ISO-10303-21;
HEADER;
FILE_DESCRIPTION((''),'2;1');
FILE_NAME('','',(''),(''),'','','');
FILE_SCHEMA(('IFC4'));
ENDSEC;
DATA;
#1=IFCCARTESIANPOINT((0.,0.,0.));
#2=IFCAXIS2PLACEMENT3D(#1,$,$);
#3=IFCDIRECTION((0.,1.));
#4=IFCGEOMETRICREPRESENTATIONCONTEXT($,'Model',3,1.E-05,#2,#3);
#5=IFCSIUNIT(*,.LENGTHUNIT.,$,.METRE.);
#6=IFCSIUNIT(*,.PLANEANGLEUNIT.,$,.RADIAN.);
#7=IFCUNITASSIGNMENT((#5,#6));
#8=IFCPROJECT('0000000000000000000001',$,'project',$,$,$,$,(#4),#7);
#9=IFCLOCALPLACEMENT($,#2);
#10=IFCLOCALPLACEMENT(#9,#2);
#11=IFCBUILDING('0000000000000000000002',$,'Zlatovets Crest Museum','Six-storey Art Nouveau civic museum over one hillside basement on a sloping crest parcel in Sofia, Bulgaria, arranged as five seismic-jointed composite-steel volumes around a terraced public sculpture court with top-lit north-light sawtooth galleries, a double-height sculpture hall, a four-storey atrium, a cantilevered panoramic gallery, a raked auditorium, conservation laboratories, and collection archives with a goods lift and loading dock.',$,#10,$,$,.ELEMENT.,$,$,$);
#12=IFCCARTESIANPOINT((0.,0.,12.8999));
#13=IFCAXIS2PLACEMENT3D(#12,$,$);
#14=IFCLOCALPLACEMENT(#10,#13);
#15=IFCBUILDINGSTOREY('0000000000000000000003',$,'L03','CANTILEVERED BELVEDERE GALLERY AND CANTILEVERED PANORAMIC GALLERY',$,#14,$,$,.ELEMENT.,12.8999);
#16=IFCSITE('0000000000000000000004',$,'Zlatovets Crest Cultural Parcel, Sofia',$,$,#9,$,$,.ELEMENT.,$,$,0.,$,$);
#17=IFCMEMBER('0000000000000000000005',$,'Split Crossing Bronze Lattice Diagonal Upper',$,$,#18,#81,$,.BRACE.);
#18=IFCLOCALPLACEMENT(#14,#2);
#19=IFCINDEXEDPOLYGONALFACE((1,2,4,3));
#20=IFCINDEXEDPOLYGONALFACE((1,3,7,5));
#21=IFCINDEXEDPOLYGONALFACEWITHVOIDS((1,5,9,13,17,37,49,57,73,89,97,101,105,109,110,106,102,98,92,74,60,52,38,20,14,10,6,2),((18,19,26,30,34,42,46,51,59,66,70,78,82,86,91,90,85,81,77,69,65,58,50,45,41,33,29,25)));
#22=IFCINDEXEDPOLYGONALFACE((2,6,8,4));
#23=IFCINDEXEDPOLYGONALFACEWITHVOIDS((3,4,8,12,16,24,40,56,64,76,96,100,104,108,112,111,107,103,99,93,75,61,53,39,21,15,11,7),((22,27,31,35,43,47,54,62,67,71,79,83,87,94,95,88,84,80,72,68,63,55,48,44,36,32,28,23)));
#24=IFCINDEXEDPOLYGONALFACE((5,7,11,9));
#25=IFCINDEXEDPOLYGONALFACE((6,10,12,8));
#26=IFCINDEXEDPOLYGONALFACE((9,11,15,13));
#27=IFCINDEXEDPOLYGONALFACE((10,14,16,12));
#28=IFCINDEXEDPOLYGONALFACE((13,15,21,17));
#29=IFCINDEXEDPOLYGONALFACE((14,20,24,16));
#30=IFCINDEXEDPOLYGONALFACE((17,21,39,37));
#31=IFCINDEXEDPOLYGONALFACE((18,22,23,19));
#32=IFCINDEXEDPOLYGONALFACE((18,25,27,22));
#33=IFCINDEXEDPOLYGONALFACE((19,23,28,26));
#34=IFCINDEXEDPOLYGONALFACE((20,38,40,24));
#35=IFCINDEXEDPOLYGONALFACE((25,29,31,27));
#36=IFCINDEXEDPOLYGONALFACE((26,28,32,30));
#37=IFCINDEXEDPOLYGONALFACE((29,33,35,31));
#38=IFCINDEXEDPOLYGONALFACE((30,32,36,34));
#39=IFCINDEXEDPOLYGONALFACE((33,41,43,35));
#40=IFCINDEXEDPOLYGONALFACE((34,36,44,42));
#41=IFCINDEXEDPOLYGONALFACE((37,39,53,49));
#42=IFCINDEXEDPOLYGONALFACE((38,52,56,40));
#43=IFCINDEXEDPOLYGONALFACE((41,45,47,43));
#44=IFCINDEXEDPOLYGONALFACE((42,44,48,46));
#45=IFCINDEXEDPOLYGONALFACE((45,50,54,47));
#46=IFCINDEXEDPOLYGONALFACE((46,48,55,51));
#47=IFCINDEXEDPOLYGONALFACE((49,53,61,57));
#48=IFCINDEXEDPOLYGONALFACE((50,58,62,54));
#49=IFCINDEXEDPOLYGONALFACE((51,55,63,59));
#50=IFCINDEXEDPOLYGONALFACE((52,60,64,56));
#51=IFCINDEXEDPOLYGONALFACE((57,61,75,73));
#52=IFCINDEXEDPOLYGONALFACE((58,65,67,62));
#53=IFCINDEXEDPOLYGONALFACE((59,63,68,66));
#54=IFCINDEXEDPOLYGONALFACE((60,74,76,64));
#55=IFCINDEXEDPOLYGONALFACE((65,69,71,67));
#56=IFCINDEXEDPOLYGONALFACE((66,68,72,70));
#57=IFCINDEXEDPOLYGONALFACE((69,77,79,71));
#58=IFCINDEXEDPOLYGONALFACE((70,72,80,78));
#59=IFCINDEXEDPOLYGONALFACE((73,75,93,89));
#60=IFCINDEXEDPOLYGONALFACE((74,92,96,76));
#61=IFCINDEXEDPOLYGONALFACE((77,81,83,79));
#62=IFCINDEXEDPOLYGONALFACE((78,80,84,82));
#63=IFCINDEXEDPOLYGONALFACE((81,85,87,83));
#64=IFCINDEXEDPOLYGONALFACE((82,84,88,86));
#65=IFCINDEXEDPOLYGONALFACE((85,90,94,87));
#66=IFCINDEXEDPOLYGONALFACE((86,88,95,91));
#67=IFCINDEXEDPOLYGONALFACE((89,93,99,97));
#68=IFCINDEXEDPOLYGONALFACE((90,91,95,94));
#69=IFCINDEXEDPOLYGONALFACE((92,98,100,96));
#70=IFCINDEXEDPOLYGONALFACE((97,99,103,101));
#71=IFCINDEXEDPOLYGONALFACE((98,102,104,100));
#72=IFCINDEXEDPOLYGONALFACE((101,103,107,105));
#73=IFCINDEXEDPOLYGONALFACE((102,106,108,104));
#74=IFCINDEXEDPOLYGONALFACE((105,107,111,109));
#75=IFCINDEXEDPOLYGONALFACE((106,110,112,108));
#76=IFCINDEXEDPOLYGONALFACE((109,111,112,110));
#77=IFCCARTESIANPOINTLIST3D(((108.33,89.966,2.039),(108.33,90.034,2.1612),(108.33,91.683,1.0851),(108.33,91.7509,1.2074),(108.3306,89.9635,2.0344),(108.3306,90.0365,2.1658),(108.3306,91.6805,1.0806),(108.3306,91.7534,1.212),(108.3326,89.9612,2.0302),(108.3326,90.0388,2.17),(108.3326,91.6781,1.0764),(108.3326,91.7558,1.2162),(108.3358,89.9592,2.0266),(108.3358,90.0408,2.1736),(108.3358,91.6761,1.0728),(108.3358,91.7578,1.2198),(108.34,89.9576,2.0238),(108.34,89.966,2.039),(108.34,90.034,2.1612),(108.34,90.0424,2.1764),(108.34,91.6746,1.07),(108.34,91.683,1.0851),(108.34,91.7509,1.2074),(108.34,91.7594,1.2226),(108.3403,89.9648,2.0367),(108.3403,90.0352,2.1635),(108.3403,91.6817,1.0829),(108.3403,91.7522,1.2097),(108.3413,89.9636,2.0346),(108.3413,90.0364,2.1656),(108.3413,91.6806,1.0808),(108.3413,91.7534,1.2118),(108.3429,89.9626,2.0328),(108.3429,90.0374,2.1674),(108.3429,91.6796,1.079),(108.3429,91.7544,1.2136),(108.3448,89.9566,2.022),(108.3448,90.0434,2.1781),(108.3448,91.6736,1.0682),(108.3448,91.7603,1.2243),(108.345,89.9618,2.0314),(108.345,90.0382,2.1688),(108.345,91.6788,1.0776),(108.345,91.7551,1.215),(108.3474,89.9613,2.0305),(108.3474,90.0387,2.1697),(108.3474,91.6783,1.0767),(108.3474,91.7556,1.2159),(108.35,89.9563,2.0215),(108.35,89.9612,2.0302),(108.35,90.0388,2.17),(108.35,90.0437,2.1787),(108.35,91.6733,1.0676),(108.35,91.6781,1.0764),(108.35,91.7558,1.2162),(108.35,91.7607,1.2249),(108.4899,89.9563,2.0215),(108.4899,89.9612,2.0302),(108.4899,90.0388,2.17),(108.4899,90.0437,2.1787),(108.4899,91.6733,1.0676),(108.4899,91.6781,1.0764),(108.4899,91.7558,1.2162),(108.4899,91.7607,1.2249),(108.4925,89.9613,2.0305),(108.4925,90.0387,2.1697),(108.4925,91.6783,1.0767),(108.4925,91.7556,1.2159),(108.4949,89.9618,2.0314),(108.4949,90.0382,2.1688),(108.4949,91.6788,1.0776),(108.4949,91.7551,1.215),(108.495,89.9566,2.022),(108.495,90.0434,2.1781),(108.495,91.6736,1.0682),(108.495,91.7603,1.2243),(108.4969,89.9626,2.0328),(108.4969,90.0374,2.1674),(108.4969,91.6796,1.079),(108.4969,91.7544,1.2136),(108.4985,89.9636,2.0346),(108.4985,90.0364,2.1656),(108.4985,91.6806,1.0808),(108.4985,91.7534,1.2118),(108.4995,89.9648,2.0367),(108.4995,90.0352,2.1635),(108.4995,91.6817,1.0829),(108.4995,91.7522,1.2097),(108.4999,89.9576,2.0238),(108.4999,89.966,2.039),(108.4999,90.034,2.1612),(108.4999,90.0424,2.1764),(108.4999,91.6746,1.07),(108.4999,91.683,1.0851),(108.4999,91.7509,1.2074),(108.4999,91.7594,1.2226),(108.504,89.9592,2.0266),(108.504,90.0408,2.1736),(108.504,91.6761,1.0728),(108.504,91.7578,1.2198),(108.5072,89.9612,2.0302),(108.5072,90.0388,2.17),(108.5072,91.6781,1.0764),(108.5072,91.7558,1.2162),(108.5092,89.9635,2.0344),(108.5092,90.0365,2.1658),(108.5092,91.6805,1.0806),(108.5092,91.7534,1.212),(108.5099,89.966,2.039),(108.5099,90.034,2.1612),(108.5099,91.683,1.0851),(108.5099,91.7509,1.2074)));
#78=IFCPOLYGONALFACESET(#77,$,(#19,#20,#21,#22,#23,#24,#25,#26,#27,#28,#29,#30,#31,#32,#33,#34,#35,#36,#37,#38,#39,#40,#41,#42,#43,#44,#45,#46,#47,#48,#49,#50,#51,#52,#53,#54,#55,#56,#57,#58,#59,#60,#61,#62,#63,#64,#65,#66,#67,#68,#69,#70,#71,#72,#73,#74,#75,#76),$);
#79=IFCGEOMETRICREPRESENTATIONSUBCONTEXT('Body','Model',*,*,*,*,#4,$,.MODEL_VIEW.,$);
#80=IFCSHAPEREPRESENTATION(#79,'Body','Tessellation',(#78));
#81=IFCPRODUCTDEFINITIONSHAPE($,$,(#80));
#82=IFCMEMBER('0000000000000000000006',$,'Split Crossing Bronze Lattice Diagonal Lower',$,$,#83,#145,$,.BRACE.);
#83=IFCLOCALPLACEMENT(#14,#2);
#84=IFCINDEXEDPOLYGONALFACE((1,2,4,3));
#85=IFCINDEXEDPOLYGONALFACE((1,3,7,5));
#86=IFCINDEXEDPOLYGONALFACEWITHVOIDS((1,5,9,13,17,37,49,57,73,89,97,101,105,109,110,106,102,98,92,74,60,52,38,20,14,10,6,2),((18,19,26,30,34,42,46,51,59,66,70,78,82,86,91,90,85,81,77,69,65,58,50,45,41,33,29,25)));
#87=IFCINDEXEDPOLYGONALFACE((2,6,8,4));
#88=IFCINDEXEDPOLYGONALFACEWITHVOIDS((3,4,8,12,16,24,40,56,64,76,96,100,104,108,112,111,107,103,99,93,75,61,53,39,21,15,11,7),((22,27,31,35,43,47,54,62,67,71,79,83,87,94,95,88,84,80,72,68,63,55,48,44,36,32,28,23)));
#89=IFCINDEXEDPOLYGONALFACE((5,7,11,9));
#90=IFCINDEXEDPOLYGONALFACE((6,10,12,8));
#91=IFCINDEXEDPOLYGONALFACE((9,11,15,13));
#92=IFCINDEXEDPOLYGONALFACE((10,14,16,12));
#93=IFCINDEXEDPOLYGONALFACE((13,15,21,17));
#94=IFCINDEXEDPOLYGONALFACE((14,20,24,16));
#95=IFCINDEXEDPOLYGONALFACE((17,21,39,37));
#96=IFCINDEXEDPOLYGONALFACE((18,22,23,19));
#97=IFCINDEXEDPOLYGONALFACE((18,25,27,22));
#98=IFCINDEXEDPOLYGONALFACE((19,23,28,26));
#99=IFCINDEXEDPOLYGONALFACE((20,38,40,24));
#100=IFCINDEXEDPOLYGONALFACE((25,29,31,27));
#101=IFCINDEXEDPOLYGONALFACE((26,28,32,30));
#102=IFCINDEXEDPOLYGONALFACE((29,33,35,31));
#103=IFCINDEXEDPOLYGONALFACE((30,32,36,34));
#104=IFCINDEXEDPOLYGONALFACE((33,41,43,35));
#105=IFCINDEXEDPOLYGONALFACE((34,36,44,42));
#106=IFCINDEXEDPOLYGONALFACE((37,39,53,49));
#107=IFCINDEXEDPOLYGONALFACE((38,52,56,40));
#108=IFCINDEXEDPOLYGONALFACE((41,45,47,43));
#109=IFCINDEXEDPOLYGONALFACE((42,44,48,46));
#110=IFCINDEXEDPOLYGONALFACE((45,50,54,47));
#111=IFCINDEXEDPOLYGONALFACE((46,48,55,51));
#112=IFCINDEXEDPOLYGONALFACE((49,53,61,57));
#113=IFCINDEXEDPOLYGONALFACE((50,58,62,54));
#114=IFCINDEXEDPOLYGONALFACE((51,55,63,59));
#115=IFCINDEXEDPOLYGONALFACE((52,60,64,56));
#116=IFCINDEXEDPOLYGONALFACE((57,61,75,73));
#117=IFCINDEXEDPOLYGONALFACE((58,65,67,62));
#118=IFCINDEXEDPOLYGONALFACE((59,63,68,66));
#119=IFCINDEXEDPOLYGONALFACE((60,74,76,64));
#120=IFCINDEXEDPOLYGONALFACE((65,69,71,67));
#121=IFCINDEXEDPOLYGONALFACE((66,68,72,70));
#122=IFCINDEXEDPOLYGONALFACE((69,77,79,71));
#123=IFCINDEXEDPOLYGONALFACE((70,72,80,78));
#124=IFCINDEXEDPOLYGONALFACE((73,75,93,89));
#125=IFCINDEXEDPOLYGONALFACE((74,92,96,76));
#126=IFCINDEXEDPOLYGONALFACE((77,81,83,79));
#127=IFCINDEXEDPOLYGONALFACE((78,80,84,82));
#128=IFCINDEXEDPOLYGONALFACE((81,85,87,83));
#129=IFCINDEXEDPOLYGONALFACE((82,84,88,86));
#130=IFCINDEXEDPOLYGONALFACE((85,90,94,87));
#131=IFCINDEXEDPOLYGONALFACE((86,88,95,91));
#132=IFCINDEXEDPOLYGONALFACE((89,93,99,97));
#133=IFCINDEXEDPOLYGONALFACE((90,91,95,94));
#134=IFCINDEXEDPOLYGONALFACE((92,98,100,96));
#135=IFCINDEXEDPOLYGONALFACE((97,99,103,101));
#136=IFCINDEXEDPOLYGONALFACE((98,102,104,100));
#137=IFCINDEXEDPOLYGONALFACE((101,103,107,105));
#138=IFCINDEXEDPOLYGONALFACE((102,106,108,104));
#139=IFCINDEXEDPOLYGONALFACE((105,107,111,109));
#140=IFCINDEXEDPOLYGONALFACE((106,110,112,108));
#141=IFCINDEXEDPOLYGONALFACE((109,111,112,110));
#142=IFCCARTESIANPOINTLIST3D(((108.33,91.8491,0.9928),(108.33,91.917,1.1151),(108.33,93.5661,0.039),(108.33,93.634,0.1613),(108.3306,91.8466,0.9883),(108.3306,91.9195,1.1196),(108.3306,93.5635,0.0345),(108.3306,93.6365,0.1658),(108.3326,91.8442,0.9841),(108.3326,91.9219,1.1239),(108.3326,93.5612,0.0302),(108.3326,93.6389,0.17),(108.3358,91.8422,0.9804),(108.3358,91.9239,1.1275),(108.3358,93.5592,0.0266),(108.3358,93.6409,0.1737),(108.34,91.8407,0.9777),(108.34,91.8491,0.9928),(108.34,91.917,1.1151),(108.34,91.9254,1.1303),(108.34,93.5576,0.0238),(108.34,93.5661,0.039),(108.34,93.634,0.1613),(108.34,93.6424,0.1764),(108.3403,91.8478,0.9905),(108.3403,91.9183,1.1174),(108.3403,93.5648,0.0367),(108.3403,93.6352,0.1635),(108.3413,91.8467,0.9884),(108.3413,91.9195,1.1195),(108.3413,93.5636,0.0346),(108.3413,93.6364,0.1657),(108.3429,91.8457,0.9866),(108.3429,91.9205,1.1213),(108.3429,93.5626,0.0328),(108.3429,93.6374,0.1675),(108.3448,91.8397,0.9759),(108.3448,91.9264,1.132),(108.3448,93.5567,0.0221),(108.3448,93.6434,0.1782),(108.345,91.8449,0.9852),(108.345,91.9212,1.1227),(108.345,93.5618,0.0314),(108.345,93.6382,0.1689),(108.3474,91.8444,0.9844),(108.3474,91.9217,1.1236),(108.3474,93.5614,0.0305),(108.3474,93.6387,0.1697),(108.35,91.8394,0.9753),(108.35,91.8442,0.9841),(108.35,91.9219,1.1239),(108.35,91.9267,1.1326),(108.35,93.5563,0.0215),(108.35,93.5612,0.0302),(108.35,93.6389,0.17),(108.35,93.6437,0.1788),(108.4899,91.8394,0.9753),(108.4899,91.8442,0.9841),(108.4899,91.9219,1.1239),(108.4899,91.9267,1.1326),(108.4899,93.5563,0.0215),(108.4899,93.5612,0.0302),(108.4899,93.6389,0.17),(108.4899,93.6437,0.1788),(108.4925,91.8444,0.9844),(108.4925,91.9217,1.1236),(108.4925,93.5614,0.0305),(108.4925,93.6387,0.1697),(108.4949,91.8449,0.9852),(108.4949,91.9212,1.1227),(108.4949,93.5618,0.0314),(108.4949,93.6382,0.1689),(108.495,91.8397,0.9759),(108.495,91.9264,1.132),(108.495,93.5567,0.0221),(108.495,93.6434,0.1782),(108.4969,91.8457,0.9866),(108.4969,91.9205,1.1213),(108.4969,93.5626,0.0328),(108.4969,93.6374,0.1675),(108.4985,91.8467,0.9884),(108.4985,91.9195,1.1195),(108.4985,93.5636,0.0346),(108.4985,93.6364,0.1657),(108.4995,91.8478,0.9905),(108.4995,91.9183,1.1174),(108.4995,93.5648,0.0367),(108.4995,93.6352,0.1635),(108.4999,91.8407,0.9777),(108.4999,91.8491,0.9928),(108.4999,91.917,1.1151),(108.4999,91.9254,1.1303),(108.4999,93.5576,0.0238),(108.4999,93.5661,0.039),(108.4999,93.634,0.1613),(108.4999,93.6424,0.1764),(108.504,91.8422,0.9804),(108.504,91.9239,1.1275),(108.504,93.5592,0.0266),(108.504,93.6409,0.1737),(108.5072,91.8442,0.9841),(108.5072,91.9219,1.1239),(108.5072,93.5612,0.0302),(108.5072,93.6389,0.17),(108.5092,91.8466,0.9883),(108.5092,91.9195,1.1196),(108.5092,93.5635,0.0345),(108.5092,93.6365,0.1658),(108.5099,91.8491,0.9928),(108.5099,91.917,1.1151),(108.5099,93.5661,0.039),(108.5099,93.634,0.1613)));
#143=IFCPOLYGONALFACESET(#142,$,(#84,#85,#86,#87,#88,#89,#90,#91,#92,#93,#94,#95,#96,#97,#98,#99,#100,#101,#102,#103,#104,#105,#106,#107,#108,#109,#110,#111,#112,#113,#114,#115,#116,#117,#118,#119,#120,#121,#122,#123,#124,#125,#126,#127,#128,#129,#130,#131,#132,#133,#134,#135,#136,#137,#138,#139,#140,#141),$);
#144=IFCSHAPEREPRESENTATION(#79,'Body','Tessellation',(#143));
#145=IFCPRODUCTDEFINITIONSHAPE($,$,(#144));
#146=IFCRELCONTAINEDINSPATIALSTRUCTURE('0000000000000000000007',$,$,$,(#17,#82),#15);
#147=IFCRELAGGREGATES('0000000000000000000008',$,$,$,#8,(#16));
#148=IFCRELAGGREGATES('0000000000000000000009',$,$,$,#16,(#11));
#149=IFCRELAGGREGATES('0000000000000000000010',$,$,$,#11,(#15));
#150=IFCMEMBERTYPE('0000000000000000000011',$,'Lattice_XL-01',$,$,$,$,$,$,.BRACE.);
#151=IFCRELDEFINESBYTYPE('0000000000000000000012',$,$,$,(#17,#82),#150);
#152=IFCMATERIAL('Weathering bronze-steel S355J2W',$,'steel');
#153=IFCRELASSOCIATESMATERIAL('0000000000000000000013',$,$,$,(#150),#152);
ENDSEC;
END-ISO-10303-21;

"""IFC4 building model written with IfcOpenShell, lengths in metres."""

from ifc_helpers import new_model, si_unit, direction, frame, origin, origin_2d, place, context, subcontext, project, spatial, hollow_rectangle, extrude, material, material_profile, profile_set, type_object, element, save


model = new_model("IFC4")

# Units and contexts
model_context = context("Model", 3, precision=1e-05, world=origin(), true_north=direction((0.0, 1.0)))
body_context = subcontext(model_context, "Body", "Model", "MODEL_VIEW")
ifc_project = project(units=[si_unit("LENGTHUNIT", "METRE"), si_unit("PLANEANGLEUNIT", "RADIAN")], contexts=[model_context])

# Site, building, storey
site_placement = place(None, origin())
site = spatial("IfcSite", under=ifc_project, at=site_placement, Name="Zlatovets Crest Cultural Parcel, Sofia", CompositionType="ELEMENT", RefElevation=0.0)
building_placement = place(site_placement, origin())
building = spatial("IfcBuilding", under=site, at=building_placement, Name="Zlatovets Crest Museum", Description="Six-storey Art Nouveau civic museum over one hillside basement on a sloping crest parcel in Sofia, Bulgaria, arranged as five seismic-jointed composite-steel volumes around a terraced public sculpture court with top-lit north-light sawtooth galleries, a double-height sculpture hall, a four-storey atrium, a cantilevered panoramic gallery, a raked auditorium, conservation laboratories, and collection archives with a goods lift and loading dock.", CompositionType="ELEMENT")
storey_placement = place(building_placement, frame((0.0, 0.0, 12.8999)))
storey = spatial("IfcBuildingStorey", under=building, at=storey_placement, Name="L03", Description="CANTILEVERED BELVEDERE GALLERY AND CANTILEVERED PANORAMIC GALLERY", CompositionType="ELEMENT", Elevation=12.8999)

# Members
ifc_material_1 = material(Name="Weathering bronze-steel S355J2W", Category="steel")
ifc_material_profile_1 = material_profile(ifc_material_1, hollow_rectangle(XDim=0.1799, YDim=0.1799, WallThickness=0.01, InnerFilletRadius=0.01, OuterFilletRadius=0.02, at=origin_2d()), Name="SHS 180x180x10.0")
ifc_profile_set_1 = profile_set([ifc_material_profile_1], Name="Weathering bronze-steel S355J2W")
member_type_1 = type_object("IfcMemberType", Name="Lattice_XL-01", PredefinedType="BRACE", material=ifc_profile_set_1)
for number, where, z_axis, x_axis, name in (
    (1, (108.4199, 90.0, 2.1001), (0.0, 0.874169, -0.485622), (-1.0, 0.0, 0.0), "Split Crossing Bronze Lattice Diagonal Upper"),
    (2, (108.4199, 91.8831, 1.054), (0.0, 0.874169, -0.485622), (-1.0, 0.0, 0.0), "Split Crossing Bronze Lattice Diagonal Lower"),
):
    element("IfcMember", number, at=place(storey_placement, frame(where, z_axis=z_axis, x_axis=x_axis)), inside=storey, type_object=member_type_1, Name=name, PredefinedType="BRACE", context=body_context, shape_type="SweptSolid", body=[
        extrude(hollow_rectangle(XDim=0.1799, YDim=0.1799, WallThickness=0.01, InnerFilletRadius=0.01, OuterFilletRadius=0.02, at=origin_2d()), origin(), (0.0, 0.0, 1.0), 1.9641),
    ])

save(model, "model.ifc")
